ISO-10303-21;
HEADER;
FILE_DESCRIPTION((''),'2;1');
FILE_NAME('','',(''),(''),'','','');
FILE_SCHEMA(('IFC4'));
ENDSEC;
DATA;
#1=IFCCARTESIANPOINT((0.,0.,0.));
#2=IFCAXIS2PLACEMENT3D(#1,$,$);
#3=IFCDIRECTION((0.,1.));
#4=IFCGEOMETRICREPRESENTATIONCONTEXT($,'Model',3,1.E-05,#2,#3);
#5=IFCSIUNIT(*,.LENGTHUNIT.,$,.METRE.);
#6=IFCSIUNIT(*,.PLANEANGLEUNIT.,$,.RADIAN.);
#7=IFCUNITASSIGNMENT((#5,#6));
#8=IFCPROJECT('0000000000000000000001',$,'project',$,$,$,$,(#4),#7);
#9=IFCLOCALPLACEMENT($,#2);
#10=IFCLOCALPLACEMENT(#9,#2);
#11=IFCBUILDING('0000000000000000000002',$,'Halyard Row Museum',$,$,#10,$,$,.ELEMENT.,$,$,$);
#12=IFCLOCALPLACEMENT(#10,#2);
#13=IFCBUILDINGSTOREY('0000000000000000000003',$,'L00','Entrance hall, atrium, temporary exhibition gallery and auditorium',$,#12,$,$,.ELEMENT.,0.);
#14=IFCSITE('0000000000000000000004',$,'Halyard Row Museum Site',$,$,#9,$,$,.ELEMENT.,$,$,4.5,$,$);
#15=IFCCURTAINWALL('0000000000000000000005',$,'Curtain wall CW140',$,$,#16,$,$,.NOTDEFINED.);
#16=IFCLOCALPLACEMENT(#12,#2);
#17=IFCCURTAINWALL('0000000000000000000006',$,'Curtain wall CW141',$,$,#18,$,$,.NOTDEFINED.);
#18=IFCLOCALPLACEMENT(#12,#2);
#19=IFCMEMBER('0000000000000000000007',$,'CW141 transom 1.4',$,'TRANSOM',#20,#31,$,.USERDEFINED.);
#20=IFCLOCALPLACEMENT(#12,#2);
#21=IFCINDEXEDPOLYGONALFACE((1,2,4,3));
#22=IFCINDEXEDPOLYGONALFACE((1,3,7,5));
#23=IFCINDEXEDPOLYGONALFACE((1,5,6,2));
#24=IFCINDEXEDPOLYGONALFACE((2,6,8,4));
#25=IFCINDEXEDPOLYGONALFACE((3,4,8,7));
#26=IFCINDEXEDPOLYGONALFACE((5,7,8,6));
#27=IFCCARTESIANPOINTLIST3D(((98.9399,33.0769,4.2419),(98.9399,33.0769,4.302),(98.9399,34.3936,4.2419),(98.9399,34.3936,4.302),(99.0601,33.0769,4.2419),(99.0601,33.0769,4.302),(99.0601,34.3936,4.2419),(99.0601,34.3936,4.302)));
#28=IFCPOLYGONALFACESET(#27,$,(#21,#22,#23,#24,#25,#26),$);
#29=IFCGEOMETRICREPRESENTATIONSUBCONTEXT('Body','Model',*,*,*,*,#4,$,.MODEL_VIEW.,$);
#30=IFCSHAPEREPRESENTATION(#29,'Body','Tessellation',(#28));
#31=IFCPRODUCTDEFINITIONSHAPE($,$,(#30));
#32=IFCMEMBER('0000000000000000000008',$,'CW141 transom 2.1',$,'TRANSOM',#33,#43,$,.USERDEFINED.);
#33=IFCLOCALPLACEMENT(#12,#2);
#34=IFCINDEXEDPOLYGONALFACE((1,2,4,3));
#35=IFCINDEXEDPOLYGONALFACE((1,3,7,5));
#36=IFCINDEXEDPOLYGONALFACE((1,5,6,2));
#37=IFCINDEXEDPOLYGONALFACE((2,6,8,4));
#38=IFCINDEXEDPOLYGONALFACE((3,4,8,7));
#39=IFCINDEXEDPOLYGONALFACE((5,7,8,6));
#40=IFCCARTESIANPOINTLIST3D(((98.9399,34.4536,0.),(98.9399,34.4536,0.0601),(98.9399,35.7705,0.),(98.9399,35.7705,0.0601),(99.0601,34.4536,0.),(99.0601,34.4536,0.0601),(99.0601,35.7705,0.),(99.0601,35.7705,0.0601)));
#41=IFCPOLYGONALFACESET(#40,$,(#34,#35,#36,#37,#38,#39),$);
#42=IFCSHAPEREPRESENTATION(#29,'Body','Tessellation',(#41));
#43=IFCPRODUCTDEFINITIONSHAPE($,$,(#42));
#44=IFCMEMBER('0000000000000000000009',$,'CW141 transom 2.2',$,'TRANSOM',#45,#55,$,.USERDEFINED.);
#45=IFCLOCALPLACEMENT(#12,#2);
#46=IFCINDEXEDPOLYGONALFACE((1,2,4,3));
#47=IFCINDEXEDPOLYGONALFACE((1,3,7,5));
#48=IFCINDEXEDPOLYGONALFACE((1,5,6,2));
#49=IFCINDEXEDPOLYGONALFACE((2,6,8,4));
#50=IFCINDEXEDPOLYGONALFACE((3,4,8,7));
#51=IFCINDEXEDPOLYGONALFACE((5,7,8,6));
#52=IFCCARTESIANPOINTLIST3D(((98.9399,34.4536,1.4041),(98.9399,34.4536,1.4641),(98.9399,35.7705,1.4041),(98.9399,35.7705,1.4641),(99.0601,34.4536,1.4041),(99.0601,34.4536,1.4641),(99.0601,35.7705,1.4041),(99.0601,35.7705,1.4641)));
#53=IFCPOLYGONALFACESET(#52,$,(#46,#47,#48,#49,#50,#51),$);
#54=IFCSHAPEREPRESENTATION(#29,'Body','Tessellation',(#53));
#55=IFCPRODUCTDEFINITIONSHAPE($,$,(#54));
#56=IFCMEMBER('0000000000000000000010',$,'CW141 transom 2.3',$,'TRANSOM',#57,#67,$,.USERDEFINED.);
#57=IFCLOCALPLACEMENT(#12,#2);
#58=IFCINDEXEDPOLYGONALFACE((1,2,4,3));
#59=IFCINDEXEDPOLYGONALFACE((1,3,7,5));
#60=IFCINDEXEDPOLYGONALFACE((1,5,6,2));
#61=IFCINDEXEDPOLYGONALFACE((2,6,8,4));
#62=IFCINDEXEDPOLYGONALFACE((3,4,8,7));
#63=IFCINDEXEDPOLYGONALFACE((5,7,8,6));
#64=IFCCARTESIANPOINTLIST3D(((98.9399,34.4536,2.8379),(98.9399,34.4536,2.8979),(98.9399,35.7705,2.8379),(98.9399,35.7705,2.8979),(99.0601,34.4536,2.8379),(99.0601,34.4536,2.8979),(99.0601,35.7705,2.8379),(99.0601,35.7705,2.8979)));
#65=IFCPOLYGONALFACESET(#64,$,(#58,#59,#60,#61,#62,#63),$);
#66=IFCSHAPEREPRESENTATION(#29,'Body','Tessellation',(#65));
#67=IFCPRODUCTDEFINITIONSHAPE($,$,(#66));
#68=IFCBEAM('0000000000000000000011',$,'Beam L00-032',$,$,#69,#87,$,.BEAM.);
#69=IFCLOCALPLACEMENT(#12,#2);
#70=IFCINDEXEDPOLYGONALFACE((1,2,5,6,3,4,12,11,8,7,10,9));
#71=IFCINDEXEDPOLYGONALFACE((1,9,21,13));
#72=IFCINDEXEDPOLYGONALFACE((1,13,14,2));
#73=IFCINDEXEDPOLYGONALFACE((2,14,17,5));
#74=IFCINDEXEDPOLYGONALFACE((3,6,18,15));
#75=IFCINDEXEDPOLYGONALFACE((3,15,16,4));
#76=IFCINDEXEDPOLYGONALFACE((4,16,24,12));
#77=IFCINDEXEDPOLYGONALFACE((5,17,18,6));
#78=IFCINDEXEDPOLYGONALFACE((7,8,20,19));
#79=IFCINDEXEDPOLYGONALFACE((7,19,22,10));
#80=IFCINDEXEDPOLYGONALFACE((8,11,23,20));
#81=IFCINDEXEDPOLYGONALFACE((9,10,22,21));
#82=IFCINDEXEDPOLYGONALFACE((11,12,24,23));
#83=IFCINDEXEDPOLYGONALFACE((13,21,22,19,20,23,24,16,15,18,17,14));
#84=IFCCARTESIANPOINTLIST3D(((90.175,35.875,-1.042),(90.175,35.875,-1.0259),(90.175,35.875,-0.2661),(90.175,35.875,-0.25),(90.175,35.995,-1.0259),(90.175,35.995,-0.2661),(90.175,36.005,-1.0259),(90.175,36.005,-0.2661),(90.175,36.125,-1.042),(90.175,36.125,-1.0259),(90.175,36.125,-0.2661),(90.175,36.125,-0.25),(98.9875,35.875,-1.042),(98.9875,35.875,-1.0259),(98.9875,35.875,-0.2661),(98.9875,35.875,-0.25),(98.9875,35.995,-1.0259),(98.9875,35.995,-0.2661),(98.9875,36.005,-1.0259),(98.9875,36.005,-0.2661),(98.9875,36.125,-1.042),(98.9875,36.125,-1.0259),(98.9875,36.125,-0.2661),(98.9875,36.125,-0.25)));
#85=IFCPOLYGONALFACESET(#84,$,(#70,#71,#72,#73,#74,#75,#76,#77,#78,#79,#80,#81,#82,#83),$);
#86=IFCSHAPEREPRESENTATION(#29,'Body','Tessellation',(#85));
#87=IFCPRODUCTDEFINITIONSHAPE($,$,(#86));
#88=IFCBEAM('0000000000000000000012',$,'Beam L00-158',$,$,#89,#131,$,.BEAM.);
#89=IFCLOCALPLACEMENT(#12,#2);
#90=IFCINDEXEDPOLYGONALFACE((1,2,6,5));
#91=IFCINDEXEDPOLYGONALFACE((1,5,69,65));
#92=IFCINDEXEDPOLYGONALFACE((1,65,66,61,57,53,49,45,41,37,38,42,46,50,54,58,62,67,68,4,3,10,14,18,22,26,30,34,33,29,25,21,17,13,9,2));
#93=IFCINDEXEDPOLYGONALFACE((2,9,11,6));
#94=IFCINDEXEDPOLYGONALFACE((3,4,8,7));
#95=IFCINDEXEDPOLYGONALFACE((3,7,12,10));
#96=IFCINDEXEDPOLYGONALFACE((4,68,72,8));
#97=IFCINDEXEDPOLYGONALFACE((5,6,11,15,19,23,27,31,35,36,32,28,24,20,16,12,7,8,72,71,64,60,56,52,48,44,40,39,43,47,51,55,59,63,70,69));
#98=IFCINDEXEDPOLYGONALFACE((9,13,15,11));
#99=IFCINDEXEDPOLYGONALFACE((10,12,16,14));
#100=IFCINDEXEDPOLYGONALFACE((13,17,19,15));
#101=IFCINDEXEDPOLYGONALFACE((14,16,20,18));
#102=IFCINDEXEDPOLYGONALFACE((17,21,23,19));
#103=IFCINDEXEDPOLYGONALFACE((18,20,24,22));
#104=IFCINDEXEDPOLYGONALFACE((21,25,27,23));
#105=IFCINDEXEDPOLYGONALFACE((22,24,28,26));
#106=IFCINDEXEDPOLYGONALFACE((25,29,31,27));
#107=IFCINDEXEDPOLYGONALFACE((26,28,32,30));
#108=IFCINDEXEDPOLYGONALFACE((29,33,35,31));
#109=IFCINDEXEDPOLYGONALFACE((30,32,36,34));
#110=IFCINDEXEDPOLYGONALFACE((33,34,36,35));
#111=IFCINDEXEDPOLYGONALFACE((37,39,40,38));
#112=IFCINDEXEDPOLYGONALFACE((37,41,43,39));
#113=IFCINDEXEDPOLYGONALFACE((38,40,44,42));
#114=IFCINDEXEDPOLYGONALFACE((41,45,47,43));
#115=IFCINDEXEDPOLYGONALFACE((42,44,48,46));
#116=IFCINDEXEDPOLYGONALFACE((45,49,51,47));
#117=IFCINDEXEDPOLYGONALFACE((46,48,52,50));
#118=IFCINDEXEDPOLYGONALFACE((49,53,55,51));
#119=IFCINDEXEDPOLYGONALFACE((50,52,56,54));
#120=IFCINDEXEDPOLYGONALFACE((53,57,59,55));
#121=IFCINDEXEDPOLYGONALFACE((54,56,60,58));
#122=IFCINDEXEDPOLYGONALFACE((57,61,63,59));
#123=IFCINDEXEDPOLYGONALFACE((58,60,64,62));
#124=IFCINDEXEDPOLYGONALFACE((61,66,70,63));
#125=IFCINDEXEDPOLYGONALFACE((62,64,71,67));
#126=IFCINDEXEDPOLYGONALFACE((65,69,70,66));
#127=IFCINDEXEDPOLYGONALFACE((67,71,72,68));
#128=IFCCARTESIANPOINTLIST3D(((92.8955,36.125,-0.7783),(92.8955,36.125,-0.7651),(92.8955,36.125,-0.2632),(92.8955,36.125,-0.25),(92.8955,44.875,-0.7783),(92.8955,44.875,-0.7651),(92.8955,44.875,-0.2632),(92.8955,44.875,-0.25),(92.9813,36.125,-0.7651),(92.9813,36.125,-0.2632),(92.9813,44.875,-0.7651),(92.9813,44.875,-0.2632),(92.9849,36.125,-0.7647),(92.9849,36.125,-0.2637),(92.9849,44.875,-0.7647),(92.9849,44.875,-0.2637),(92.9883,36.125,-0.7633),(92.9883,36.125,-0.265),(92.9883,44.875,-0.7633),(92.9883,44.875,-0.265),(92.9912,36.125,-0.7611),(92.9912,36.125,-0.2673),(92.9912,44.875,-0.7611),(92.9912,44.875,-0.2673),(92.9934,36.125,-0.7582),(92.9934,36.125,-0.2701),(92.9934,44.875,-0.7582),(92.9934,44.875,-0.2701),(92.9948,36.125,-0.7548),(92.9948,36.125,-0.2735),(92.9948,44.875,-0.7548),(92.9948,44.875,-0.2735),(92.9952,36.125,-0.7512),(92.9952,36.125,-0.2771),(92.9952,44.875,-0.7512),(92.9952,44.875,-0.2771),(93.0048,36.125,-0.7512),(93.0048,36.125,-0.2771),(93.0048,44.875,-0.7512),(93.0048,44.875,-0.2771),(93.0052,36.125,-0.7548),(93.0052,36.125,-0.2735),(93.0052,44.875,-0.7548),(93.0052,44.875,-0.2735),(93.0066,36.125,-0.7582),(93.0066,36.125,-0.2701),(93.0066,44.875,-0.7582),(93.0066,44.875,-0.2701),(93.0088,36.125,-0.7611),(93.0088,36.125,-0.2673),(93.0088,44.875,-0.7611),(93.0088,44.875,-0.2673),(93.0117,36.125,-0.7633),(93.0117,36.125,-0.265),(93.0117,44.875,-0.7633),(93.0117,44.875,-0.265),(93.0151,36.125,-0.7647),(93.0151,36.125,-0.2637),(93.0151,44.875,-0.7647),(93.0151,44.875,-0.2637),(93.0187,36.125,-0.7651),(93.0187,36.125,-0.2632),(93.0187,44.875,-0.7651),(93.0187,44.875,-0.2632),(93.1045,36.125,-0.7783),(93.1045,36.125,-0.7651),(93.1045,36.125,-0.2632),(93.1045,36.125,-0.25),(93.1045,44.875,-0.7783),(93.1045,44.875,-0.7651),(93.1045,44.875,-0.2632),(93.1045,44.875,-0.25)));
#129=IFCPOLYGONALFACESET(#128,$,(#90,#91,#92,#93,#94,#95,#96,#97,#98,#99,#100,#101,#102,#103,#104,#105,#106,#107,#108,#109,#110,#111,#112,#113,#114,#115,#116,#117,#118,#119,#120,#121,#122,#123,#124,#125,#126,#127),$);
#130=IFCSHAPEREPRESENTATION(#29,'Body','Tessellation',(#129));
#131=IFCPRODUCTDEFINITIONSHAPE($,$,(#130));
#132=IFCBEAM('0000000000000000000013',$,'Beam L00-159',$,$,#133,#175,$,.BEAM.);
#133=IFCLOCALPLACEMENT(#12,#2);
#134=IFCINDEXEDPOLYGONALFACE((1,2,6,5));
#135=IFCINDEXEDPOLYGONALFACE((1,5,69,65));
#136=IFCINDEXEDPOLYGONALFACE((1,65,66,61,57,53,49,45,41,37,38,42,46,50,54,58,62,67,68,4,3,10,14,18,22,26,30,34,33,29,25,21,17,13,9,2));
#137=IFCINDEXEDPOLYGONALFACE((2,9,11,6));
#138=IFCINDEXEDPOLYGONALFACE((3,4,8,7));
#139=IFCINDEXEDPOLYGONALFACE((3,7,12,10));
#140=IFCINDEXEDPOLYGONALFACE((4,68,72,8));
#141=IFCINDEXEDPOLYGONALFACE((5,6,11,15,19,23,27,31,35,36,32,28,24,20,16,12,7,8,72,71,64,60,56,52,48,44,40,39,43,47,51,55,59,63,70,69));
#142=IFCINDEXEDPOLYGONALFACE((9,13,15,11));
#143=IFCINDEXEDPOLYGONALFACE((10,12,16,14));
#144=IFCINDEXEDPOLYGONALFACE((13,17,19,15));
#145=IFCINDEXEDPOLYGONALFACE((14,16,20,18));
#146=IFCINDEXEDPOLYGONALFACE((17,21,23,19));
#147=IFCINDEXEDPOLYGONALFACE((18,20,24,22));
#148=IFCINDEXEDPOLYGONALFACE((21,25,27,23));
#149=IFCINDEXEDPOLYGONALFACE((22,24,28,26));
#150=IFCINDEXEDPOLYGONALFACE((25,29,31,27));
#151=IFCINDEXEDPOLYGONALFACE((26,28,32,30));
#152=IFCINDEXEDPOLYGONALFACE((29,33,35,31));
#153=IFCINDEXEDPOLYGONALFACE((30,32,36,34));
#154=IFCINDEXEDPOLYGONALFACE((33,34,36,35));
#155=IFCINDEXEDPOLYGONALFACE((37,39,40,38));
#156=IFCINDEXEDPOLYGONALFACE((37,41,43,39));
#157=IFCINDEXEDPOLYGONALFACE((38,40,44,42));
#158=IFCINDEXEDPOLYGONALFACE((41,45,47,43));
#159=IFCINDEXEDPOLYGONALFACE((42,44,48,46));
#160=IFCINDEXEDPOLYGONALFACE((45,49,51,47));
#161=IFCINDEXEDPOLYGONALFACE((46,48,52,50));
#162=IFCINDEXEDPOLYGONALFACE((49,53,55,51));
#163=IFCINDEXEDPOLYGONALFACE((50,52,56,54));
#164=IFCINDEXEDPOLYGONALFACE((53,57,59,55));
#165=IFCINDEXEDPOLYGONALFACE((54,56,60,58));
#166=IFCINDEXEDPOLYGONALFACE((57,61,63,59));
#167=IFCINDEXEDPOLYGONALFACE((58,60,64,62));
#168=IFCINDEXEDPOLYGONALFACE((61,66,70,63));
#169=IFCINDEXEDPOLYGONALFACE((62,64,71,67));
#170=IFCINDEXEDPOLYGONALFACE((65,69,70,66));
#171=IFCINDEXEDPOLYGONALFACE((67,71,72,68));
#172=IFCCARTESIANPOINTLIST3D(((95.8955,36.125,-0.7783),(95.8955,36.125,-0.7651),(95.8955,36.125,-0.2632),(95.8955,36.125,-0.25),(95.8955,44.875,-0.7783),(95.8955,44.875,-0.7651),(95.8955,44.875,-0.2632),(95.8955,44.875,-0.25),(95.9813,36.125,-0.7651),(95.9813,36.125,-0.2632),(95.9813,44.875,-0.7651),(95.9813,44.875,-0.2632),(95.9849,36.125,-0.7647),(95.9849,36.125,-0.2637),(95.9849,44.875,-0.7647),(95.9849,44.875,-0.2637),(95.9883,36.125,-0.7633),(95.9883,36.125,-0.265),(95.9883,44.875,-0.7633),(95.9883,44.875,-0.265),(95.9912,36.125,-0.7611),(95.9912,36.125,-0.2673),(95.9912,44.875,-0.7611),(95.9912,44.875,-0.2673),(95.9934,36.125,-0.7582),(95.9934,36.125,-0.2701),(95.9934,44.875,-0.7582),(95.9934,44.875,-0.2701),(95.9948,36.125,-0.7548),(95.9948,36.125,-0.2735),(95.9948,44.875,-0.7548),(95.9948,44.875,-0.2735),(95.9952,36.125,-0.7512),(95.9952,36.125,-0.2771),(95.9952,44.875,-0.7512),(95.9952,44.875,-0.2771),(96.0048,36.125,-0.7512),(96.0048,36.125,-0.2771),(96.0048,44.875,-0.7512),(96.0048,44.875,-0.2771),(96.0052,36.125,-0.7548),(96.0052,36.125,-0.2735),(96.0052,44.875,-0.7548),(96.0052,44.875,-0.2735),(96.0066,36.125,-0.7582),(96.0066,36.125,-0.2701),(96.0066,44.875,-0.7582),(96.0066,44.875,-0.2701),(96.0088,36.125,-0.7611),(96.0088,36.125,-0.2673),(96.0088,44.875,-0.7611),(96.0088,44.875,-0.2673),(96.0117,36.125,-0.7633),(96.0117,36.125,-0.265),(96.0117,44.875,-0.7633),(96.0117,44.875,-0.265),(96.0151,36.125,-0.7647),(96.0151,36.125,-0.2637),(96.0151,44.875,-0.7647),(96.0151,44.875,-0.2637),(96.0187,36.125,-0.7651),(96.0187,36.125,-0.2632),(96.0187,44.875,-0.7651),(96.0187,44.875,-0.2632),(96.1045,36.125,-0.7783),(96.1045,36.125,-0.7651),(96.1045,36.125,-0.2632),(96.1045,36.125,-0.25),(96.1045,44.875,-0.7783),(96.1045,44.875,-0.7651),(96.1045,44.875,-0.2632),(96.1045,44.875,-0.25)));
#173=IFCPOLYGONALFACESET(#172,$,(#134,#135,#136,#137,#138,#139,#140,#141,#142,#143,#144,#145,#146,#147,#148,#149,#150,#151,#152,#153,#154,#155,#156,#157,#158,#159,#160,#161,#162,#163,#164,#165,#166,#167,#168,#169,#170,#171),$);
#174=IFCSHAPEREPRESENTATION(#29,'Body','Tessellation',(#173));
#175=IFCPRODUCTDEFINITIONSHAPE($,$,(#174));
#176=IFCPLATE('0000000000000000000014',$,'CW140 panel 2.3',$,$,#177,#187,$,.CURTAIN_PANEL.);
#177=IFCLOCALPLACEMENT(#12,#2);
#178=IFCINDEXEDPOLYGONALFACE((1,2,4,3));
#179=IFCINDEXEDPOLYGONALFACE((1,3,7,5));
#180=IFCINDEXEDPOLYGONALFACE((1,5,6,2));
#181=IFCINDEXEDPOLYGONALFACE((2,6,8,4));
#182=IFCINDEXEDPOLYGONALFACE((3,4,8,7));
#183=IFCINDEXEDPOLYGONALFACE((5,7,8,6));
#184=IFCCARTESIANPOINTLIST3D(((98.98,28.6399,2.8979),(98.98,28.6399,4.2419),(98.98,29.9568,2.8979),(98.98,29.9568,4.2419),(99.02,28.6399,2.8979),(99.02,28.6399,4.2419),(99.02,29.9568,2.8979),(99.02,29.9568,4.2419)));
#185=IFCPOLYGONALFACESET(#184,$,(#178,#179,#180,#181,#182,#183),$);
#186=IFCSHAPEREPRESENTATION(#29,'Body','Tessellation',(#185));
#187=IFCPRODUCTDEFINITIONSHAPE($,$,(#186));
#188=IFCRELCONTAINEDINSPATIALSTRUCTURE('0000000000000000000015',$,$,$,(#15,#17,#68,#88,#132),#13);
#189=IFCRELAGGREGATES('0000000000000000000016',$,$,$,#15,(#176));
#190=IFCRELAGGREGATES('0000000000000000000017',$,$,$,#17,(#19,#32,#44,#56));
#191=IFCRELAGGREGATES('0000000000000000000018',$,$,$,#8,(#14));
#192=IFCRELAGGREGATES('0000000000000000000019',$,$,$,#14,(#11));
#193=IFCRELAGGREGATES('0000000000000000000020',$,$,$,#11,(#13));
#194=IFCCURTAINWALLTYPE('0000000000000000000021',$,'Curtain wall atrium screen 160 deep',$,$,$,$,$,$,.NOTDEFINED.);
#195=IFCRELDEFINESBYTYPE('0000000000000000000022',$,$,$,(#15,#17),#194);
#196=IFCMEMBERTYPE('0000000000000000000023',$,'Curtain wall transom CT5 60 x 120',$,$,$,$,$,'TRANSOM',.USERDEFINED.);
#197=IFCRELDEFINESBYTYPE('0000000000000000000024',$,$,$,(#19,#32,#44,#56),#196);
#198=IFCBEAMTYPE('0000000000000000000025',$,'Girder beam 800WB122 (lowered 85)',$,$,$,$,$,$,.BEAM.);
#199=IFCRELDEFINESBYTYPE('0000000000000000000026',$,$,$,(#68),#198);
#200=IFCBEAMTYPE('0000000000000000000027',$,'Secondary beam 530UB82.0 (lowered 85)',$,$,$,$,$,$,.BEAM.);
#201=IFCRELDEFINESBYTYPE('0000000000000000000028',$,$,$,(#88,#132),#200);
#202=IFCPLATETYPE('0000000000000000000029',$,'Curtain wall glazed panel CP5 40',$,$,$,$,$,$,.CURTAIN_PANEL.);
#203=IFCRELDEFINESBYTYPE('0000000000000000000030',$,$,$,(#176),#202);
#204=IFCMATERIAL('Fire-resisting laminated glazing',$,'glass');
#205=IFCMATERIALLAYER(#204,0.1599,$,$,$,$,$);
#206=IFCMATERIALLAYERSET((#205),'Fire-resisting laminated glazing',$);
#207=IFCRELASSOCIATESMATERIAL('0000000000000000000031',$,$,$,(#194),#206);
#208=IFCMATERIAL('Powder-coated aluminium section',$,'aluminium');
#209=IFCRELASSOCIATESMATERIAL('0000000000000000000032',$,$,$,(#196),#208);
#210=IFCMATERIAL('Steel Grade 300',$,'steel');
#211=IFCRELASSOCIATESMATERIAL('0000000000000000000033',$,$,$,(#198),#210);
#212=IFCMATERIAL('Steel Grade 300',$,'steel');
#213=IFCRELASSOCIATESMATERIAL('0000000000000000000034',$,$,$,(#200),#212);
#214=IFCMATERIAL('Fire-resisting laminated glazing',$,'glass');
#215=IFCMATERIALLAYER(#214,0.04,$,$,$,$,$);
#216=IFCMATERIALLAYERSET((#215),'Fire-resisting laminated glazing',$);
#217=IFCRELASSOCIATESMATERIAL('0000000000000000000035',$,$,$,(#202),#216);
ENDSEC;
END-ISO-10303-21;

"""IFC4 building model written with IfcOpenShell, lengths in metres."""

from ifc_helpers import new_model, si_unit, direction, frame, origin, origin_2d, place, context, subcontext, project, spatial, rectangle, i_section, extrude, material, layer, layer_set, material_profile, profile_set, type_object, element, aggregate, save


model = new_model("IFC4")

# Units and contexts
model_context = context("Model", 3, precision=1e-05, world=origin(), true_north=direction((0.0, 1.0)))
body_context = subcontext(model_context, "Body", "Model", "MODEL_VIEW")
ifc_project = project(units=[si_unit("LENGTHUNIT", "METRE"), si_unit("PLANEANGLEUNIT", "RADIAN")], contexts=[model_context])

# Site, building, storey
site_placement = place(None, origin())
site = spatial("IfcSite", under=ifc_project, at=site_placement, Name="Halyard Row Museum Site", CompositionType="ELEMENT", RefElevation=4.5)
building_placement = place(site_placement, origin())
building = spatial("IfcBuilding", under=site, at=building_placement, Name="Halyard Row Museum", CompositionType="ELEMENT")
storey_placement = place(building_placement, origin())
storey = spatial("IfcBuildingStorey", under=building, at=storey_placement, Name="L00", Description="Entrance hall, atrium, temporary exhibition gallery and auditorium", CompositionType="ELEMENT", Elevation=0.0)

# Curtain wall
ifc_material_1 = material(Name="Fire-resisting laminated glazing", Category="glass")
ifc_layer_1 = layer(ifc_material_1, 0.1599)
ifc_layer_set_1 = layer_set([ifc_layer_1], Name="Fire-resisting laminated glazing")
curtain_wall_type = type_object("IfcCurtainWallType", Name="Curtain wall atrium screen 160 deep", PredefinedType="NOTDEFINED", material=ifc_layer_set_1)
curtain_wall_1_placement = place(storey_placement, origin())
curtain_wall_1 = element("IfcCurtainWall", 1, at=curtain_wall_1_placement, inside=storey, type_object=curtain_wall_type, Name="Curtain wall CW140", PredefinedType="NOTDEFINED")

# Curtain wall, members
curtain_wall_2_placement = place(storey_placement, origin())
curtain_wall_2 = element("IfcCurtainWall", 2, at=curtain_wall_2_placement, inside=storey, type_object=curtain_wall_type, Name="Curtain wall CW141", PredefinedType="NOTDEFINED")
ifc_material_2 = material(Name="Powder-coated aluminium section", Category="aluminium")
ifc_material_profile_1 = material_profile(ifc_material_2, rectangle(XDim=0.1201, YDim=0.0601, at=origin_2d()), Name="120x60 transom")
ifc_profile_set_1 = profile_set([ifc_material_profile_1], Name="Powder-coated aluminium section")
member_type_1 = type_object("IfcMemberType", Name="Curtain wall transom CT5 60 x 120", ElementType="TRANSOM", PredefinedType="USERDEFINED", material=ifc_profile_set_1)
member_1_placement = place(storey_placement, frame((99.0, 33.0769, 4.272), z_axis=(0.0, 1.0, 0.0), x_axis=(-1.0, 0.0, 0.0)))
member_1 = element("IfcMember", 3, at=member_1_placement, type_object=member_type_1, Name="CW141 transom 1.4", ObjectType="TRANSOM", PredefinedType="USERDEFINED", context=body_context, shape_type="SweptSolid", body=[
    extrude(rectangle(XDim=0.1201, YDim=0.0601, at=origin_2d()), origin(), (0.0, 0.0, 1.0), 1.3167),
])
member_2_placement = place(storey_placement, frame((99.0, 34.4536, 0.03), z_axis=(0.0, 1.0, 0.0), x_axis=(-1.0, 0.0, 0.0)))
member_2 = element("IfcMember", 4, at=member_2_placement, type_object=member_type_1, Name="CW141 transom 2.1", ObjectType="TRANSOM", PredefinedType="USERDEFINED", context=body_context, shape_type="SweptSolid", body=[
    extrude(rectangle(XDim=0.1201, YDim=0.0601, at=origin_2d()), origin(), (0.0, 0.0, 1.0), 1.3169),
])
member_3_placement = place(storey_placement, frame((99.0, 34.4536, 1.4341), z_axis=(0.0, 1.0, 0.0), x_axis=(-1.0, 0.0, 0.0)))
member_3 = element("IfcMember", 5, at=member_3_placement, type_object=member_type_1, Name="CW141 transom 2.2", ObjectType="TRANSOM", PredefinedType="USERDEFINED", context=body_context, shape_type="SweptSolid", body=[
    extrude(rectangle(XDim=0.1201, YDim=0.0601, at=origin_2d()), origin(), (0.0, 0.0, 1.0), 1.3169),
])
member_4_placement = place(storey_placement, frame((99.0, 34.4536, 2.8679), z_axis=(0.0, 1.0, 0.0), x_axis=(-1.0, 0.0, 0.0)))
member_4 = element("IfcMember", 6, at=member_4_placement, type_object=member_type_1, Name="CW141 transom 2.3", ObjectType="TRANSOM", PredefinedType="USERDEFINED", context=body_context, shape_type="SweptSolid", body=[
    extrude(rectangle(XDim=0.1201, YDim=0.0601, at=origin_2d()), origin(), (0.0, 0.0, 1.0), 1.3169),
])

# Beams
ifc_material_3 = material(Name="Steel Grade 300", Category="steel")
ifc_material_profile_2 = material_profile(ifc_material_3, i_section(OverallWidth=0.25, OverallDepth=0.792, WebThickness=0.01, FlangeThickness=0.0161, at=origin_2d()), Name="800WB122")
ifc_profile_set_2 = profile_set([ifc_material_profile_2], Name="Steel Grade 300")
beam_type_1 = type_object("IfcBeamType", Name="Girder beam 800WB122 (lowered 85)", PredefinedType="BEAM", material=ifc_profile_set_2)
beam_placement = place(storey_placement, frame((90.175, 36.0, -0.646), z_axis=(1.0, 0.0, 0.0), x_axis=(0.0, 1.0, 0.0)))
element("IfcBeam", 7, at=beam_placement, inside=storey, type_object=beam_type_1, Name="Beam L00-032", PredefinedType="BEAM", context=body_context, shape_type="SweptSolid", body=[
    extrude(i_section(OverallWidth=0.25, OverallDepth=0.792, WebThickness=0.01, FlangeThickness=0.0161, at=origin_2d()), origin(), (0.0, 0.0, 1.0), 8.8125),
])
ifc_material_4 = material(Name="Steel Grade 300", Category="steel")
ifc_material_profile_3 = material_profile(ifc_material_4, i_section(OverallWidth=0.209, OverallDepth=0.5283, WebThickness=0.0095, FlangeThickness=0.0132, FilletRadius=0.0139, at=origin_2d()), Name="530UB82.0")
ifc_profile_set_3 = profile_set([ifc_material_profile_3], Name="Steel Grade 300")
beam_type_2 = type_object("IfcBeamType", Name="Secondary beam 530UB82.0 (lowered 85)", PredefinedType="BEAM", material=ifc_profile_set_3)
for number, where, z_axis, x_axis, name in (
    (8, (93.0, 36.125, -0.5142), (0.0, 1.0, 0.0), (-1.0, 0.0, 0.0), "Beam L00-158"),
    (9, (96.0, 36.125, -0.5142), (0.0, 1.0, 0.0), (-1.0, 0.0, 0.0), "Beam L00-159"),
):
    element("IfcBeam", number, at=place(storey_placement, frame(where, z_axis=z_axis, x_axis=x_axis)), inside=storey, type_object=beam_type_2, Name=name, PredefinedType="BEAM", context=body_context, shape_type="SweptSolid", body=[
        extrude(i_section(OverallWidth=0.209, OverallDepth=0.5283, WebThickness=0.0095, FlangeThickness=0.0132, FilletRadius=0.0139, at=origin_2d()), origin(), (0.0, 0.0, 1.0), 8.75),
    ])

# Plate
ifc_material_5 = material(Name="Fire-resisting laminated glazing", Category="glass")
ifc_layer_2 = layer(ifc_material_5, 0.04)
ifc_layer_set_2 = layer_set([ifc_layer_2], Name="Fire-resisting laminated glazing")
plate_type = type_object("IfcPlateType", Name="Curtain wall glazed panel CP5 40", PredefinedType="CURTAIN_PANEL", material=ifc_layer_set_2)
plate_1_placement = place(storey_placement, frame((99.0, 29.2983, 2.8979), z_axis=(0.0, 0.0, 1.0), x_axis=(0.0, 1.0, 0.0)))
plate_1 = element("IfcPlate", 10, at=plate_1_placement, type_object=plate_type, Name="CW140 panel 2.3", PredefinedType="CURTAIN_PANEL", context=body_context, shape_type="SweptSolid", body=[
    extrude(rectangle(XDim=1.3169, YDim=0.04, at=origin_2d()), origin(), (0.0, 0.0, 1.0), 1.344),
])
aggregate(curtain_wall_1, [plate_1])
aggregate(curtain_wall_2, [member_1, member_2, member_3, member_4])

save(model, "model.ifc")
